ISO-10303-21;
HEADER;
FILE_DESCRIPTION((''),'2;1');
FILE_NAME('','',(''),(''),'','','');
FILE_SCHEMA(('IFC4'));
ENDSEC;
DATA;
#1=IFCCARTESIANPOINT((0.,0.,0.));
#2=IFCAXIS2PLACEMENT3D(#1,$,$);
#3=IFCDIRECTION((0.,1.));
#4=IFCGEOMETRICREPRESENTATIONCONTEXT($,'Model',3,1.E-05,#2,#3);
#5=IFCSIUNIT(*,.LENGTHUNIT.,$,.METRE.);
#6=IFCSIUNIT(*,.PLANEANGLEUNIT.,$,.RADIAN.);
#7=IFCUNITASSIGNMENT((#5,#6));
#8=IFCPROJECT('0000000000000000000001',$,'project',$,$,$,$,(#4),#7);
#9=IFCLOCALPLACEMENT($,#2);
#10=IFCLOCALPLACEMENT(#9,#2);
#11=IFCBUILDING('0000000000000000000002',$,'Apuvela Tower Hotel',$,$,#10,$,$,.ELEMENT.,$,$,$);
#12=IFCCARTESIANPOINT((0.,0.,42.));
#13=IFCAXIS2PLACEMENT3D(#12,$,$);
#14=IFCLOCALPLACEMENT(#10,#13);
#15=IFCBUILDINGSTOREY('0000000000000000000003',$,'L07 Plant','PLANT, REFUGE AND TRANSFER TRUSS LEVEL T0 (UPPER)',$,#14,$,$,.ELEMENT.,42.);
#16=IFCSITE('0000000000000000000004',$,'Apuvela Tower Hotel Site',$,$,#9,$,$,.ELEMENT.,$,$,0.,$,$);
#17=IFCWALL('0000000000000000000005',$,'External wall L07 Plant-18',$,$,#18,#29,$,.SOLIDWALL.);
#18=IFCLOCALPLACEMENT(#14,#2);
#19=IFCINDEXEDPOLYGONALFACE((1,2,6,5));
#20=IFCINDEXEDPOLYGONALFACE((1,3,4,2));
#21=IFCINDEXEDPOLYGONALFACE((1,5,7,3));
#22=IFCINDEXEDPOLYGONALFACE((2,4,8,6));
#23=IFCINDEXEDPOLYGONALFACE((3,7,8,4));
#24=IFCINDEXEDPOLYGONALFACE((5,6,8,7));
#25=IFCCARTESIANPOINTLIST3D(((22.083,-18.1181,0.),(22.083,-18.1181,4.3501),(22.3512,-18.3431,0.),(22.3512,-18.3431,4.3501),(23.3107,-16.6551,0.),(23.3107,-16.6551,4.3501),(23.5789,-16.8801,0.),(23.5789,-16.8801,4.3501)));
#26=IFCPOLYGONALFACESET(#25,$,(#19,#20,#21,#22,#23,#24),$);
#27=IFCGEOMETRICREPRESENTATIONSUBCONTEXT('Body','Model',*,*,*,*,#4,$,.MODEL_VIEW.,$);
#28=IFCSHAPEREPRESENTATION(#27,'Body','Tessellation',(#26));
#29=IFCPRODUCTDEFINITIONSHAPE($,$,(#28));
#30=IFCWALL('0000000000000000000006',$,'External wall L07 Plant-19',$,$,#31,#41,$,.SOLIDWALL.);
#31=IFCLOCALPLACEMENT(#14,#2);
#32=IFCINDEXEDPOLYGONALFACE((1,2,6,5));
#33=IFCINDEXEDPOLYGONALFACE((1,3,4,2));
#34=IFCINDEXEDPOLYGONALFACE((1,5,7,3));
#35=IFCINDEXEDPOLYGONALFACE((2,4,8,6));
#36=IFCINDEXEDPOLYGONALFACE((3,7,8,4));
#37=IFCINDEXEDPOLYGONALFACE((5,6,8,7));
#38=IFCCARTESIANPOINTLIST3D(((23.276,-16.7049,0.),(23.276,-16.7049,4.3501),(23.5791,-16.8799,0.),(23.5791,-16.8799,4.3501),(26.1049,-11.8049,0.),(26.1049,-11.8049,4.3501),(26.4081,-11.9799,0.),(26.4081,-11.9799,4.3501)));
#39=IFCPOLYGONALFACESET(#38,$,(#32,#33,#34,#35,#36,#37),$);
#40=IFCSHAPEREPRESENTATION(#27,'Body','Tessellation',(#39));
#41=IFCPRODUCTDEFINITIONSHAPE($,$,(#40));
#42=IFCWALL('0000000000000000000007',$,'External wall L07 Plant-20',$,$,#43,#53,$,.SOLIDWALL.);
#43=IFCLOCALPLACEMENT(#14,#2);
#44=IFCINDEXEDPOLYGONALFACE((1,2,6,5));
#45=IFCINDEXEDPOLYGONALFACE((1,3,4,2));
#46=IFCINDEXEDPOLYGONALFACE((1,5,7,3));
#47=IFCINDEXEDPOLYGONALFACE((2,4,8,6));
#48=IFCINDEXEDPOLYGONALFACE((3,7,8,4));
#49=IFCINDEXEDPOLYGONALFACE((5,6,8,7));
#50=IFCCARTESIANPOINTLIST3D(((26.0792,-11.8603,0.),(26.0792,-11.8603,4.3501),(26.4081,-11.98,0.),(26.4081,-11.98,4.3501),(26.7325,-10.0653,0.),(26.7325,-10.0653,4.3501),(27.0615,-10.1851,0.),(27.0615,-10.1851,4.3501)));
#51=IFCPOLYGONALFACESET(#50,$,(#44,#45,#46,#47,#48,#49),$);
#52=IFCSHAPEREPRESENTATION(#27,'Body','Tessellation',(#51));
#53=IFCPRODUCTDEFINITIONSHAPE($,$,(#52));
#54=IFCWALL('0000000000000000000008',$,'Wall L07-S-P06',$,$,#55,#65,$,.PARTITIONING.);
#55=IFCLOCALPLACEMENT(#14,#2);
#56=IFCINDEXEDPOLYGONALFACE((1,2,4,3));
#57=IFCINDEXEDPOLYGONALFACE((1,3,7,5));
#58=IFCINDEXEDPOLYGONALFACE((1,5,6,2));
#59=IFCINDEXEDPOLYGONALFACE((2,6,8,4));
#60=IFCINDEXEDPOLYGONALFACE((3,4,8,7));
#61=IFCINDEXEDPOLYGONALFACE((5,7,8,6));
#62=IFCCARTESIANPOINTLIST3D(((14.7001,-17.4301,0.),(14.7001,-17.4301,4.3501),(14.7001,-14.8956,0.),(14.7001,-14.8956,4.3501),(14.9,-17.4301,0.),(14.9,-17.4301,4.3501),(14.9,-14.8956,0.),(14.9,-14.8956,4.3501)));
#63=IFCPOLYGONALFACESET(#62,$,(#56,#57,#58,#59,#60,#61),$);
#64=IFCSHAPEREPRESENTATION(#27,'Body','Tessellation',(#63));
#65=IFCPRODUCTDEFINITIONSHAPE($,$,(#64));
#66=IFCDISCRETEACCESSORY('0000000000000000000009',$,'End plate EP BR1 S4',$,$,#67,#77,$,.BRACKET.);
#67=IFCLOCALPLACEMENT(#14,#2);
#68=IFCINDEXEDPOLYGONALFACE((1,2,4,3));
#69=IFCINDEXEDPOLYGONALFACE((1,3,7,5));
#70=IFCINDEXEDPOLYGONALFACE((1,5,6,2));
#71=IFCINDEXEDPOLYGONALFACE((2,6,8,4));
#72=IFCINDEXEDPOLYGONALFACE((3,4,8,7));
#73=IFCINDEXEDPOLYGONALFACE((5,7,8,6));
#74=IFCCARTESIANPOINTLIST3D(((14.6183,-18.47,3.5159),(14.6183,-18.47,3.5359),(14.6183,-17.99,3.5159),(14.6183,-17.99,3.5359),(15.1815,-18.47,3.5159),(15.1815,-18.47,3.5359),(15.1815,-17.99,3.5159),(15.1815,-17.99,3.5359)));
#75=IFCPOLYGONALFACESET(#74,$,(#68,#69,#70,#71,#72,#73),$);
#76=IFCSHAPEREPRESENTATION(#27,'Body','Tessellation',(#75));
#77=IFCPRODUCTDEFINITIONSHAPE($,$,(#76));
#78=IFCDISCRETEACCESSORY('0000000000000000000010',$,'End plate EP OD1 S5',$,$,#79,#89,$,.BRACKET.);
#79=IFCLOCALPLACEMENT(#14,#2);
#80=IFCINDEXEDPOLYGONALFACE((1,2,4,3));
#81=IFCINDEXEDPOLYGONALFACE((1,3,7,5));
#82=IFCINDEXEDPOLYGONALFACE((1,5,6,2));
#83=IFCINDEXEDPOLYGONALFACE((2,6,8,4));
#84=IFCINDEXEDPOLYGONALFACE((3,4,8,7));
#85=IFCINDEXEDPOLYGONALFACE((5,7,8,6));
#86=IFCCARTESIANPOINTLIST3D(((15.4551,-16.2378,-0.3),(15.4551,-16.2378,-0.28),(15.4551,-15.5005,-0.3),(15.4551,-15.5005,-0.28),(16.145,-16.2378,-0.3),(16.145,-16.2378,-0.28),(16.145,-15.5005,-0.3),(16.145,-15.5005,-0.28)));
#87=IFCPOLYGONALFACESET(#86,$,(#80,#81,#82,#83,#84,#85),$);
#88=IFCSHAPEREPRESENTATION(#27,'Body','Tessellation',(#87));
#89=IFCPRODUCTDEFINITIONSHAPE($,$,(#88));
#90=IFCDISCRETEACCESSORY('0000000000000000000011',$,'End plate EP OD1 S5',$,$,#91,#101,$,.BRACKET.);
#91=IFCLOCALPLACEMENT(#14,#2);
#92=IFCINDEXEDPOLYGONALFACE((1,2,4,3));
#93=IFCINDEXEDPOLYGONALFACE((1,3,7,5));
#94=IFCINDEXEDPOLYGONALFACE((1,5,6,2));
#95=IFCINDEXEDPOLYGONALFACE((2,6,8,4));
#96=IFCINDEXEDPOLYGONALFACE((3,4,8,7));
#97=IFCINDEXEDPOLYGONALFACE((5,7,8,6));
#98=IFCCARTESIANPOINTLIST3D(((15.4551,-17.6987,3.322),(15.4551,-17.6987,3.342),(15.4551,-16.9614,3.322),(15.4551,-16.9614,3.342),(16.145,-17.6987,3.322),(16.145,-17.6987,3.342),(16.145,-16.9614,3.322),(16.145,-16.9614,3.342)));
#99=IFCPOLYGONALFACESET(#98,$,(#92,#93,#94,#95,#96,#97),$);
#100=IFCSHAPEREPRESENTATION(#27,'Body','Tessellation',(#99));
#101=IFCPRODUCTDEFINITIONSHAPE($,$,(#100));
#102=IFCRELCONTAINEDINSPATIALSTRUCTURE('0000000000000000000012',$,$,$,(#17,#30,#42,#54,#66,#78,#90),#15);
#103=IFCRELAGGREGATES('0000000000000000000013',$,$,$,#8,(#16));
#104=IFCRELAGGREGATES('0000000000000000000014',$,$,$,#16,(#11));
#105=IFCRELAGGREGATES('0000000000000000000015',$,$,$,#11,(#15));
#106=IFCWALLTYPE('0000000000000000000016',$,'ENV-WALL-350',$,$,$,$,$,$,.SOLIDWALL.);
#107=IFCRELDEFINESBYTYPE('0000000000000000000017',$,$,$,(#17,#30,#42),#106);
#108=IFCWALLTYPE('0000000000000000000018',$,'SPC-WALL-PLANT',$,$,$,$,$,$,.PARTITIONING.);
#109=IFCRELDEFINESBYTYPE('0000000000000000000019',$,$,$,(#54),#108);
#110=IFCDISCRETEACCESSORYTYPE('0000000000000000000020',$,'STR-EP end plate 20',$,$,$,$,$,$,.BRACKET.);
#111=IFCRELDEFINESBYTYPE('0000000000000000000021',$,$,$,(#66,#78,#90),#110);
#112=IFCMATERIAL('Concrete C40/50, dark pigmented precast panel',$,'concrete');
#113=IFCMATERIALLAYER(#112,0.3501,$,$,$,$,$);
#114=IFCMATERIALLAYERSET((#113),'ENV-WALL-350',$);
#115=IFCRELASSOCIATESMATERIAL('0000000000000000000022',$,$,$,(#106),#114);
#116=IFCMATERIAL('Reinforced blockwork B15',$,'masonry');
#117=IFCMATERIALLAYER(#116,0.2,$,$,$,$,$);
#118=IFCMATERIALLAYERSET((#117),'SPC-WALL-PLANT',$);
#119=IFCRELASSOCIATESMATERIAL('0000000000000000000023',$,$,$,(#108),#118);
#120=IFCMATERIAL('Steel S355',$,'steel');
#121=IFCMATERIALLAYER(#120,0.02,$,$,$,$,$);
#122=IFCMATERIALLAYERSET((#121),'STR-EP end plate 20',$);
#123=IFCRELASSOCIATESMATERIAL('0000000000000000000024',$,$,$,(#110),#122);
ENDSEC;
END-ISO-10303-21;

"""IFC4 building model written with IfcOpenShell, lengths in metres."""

from ifc_helpers import new_model, si_unit, direction, frame, frame_2d, origin, origin_2d, place, context, subcontext, project, spatial, rectangle, extrude, material, layer, layer_set, type_object, element, save


model = new_model("IFC4")

# Units and contexts
model_context = context("Model", 3, precision=1e-05, world=origin(), true_north=direction((0.0, 1.0)))
body_context = subcontext(model_context, "Body", "Model", "MODEL_VIEW")
ifc_project = project(units=[si_unit("LENGTHUNIT", "METRE"), si_unit("PLANEANGLEUNIT", "RADIAN")], contexts=[model_context])

# Site, building, storey
site_placement = place(None, origin())
site = spatial("IfcSite", under=ifc_project, at=site_placement, Name="Apuvela Tower Hotel Site", CompositionType="ELEMENT", RefElevation=0.0)
building_placement = place(site_placement, origin())
building = spatial("IfcBuilding", under=site, at=building_placement, Name="Apuvela Tower Hotel", CompositionType="ELEMENT")
storey_placement = place(building_placement, frame((0.0, 0.0, 42.0)))
storey = spatial("IfcBuildingStorey", under=building, at=storey_placement, Name="L07 Plant", Description="PLANT, REFUGE AND TRANSFER TRUSS LEVEL T0 (UPPER)", CompositionType="ELEMENT", Elevation=42.0)

# Shared definitions
ifc_material_1 = material(Name="Steel S355", Category="steel")

# Walls
ifc_material_2 = material(Name="Concrete C40/50, dark pigmented precast panel", Category="concrete")
ifc_layer_1 = layer(ifc_material_2, 0.3501)
ifc_layer_set_1 = layer_set([ifc_layer_1], Name="ENV-WALL-350")
wall_type_1 = type_object("IfcWallType", Name="ENV-WALL-350", PredefinedType="SOLIDWALL", material=ifc_layer_set_1)
for number, where, z_axis, x_axis, name in (
    (1, (22.217, -18.2307, 0.0), (0.0, 0.0, 1.0), (0.642808, 0.766027, 0.0), "External wall L07 Plant-18"),
):
    element("IfcWall", number, at=place(storey_placement, frame(where, z_axis=z_axis, x_axis=x_axis)), inside=storey, type_object=wall_type_1, Name=name, PredefinedType="SOLIDWALL", context=body_context, shape_type="SweptSolid", body=[
        extrude(rectangle(XDim=1.9099, YDim=0.3501, at=frame_2d((0.9551, 0.0))), origin(), (0.0, 0.0, 1.0), 4.3501),
    ])
wall_1_placement = place(storey_placement, frame((23.4275, -16.7925, 0.0), z_axis=(0.0, 0.0, 1.0), x_axis=(0.499986, 0.866033, 0.0)))
element("IfcWall", 2, at=wall_1_placement, inside=storey, type_object=wall_type_1, Name="External wall L07 Plant-19", PredefinedType="SOLIDWALL", context=body_context, shape_type="SweptSolid", body=[
    extrude(rectangle(XDim=5.658, YDim=0.3501, at=frame_2d((2.8291, 0.0))), origin(), (0.0, 0.0, 1.0), 4.3501),
])
wall_2_placement = place(storey_placement, frame((26.2437, -11.9202, 0.0), z_axis=(0.0, 0.0, 1.0), x_axis=(0.34203, 0.939689, 0.0)))
element("IfcWall", 3, at=wall_2_placement, inside=storey, type_object=wall_type_1, Name="External wall L07 Plant-20", PredefinedType="SOLIDWALL", context=body_context, shape_type="SweptSolid", body=[
    extrude(rectangle(XDim=1.9102, YDim=0.3501, at=frame_2d((0.9551, 0.0))), origin(), (0.0, 0.0, 1.0), 4.3501),
])
ifc_material_3 = material(Name="Reinforced blockwork B15", Category="masonry")
ifc_layer_2 = layer(ifc_material_3, 0.2)
ifc_layer_set_2 = layer_set([ifc_layer_2], Name="SPC-WALL-PLANT")
wall_type_2 = type_object("IfcWallType", Name="SPC-WALL-PLANT", PredefinedType="PARTITIONING", material=ifc_layer_set_2)
wall_3_placement = place(storey_placement, frame((14.8, -17.4299, 0.0), z_axis=(0.0, 0.0, 1.0), x_axis=(0.0, 1.0, 0.0)))
element("IfcWall", 4, at=wall_3_placement, inside=storey, type_object=wall_type_2, Name="Wall L07-S-P06", PredefinedType="PARTITIONING", context=body_context, shape_type="SweptSolid", body=[
    extrude(rectangle(XDim=2.5344, YDim=0.2, at=frame_2d((1.2671, 0.0))), origin(), (0.0, 0.0, 1.0), 4.3501),
])

# Discrete accessories
ifc_layer_3 = layer(ifc_material_1, 0.02)
ifc_layer_set_3 = layer_set([ifc_layer_3], Name="STR-EP end plate 20")
discrete_accessory_type = type_object("IfcDiscreteAccessoryType", Name="STR-EP end plate 20", PredefinedType="BRACKET", material=ifc_layer_set_3)
discrete_accessory_placement = place(storey_placement, frame((14.8999, -18.23, 3.5159), z_axis=(0.0, 0.0, 1.0), x_axis=(1.0, 0.0, 0.0)))
element("IfcDiscreteAccessory", 5, at=discrete_accessory_placement, inside=storey, type_object=discrete_accessory_type, Name="End plate EP BR1 S4", PredefinedType="BRACKET", context=body_context, shape_type="SweptSolid", body=[
    extrude(rectangle(XDim=0.5632, YDim=0.48, at=origin_2d()), origin(), (0.0, 0.0, 1.0), 0.02),
])
for number, where, z_axis, x_axis, name in (
    (6, (15.8, -15.8691, -0.3), (0.0, 0.0, 1.0), (0.0, -1.0, 0.0), "End plate EP OD1 S5"),
    (7, (15.8, -17.3301, 3.322), (0.0, 0.0, 1.0), (0.0, -1.0, 0.0), "End plate EP OD1 S5"),
):
    element("IfcDiscreteAccessory", number, at=place(storey_placement, frame(where, z_axis=z_axis, x_axis=x_axis)), inside=storey, type_object=discrete_accessory_type, Name=name, PredefinedType="BRACKET", context=body_context, shape_type="SweptSolid", body=[
        extrude(rectangle(XDim=0.7373, YDim=0.6899, at=origin_2d()), origin(), (0.0, 0.0, 1.0), 0.02),
    ])

save(model, "model.ifc")
